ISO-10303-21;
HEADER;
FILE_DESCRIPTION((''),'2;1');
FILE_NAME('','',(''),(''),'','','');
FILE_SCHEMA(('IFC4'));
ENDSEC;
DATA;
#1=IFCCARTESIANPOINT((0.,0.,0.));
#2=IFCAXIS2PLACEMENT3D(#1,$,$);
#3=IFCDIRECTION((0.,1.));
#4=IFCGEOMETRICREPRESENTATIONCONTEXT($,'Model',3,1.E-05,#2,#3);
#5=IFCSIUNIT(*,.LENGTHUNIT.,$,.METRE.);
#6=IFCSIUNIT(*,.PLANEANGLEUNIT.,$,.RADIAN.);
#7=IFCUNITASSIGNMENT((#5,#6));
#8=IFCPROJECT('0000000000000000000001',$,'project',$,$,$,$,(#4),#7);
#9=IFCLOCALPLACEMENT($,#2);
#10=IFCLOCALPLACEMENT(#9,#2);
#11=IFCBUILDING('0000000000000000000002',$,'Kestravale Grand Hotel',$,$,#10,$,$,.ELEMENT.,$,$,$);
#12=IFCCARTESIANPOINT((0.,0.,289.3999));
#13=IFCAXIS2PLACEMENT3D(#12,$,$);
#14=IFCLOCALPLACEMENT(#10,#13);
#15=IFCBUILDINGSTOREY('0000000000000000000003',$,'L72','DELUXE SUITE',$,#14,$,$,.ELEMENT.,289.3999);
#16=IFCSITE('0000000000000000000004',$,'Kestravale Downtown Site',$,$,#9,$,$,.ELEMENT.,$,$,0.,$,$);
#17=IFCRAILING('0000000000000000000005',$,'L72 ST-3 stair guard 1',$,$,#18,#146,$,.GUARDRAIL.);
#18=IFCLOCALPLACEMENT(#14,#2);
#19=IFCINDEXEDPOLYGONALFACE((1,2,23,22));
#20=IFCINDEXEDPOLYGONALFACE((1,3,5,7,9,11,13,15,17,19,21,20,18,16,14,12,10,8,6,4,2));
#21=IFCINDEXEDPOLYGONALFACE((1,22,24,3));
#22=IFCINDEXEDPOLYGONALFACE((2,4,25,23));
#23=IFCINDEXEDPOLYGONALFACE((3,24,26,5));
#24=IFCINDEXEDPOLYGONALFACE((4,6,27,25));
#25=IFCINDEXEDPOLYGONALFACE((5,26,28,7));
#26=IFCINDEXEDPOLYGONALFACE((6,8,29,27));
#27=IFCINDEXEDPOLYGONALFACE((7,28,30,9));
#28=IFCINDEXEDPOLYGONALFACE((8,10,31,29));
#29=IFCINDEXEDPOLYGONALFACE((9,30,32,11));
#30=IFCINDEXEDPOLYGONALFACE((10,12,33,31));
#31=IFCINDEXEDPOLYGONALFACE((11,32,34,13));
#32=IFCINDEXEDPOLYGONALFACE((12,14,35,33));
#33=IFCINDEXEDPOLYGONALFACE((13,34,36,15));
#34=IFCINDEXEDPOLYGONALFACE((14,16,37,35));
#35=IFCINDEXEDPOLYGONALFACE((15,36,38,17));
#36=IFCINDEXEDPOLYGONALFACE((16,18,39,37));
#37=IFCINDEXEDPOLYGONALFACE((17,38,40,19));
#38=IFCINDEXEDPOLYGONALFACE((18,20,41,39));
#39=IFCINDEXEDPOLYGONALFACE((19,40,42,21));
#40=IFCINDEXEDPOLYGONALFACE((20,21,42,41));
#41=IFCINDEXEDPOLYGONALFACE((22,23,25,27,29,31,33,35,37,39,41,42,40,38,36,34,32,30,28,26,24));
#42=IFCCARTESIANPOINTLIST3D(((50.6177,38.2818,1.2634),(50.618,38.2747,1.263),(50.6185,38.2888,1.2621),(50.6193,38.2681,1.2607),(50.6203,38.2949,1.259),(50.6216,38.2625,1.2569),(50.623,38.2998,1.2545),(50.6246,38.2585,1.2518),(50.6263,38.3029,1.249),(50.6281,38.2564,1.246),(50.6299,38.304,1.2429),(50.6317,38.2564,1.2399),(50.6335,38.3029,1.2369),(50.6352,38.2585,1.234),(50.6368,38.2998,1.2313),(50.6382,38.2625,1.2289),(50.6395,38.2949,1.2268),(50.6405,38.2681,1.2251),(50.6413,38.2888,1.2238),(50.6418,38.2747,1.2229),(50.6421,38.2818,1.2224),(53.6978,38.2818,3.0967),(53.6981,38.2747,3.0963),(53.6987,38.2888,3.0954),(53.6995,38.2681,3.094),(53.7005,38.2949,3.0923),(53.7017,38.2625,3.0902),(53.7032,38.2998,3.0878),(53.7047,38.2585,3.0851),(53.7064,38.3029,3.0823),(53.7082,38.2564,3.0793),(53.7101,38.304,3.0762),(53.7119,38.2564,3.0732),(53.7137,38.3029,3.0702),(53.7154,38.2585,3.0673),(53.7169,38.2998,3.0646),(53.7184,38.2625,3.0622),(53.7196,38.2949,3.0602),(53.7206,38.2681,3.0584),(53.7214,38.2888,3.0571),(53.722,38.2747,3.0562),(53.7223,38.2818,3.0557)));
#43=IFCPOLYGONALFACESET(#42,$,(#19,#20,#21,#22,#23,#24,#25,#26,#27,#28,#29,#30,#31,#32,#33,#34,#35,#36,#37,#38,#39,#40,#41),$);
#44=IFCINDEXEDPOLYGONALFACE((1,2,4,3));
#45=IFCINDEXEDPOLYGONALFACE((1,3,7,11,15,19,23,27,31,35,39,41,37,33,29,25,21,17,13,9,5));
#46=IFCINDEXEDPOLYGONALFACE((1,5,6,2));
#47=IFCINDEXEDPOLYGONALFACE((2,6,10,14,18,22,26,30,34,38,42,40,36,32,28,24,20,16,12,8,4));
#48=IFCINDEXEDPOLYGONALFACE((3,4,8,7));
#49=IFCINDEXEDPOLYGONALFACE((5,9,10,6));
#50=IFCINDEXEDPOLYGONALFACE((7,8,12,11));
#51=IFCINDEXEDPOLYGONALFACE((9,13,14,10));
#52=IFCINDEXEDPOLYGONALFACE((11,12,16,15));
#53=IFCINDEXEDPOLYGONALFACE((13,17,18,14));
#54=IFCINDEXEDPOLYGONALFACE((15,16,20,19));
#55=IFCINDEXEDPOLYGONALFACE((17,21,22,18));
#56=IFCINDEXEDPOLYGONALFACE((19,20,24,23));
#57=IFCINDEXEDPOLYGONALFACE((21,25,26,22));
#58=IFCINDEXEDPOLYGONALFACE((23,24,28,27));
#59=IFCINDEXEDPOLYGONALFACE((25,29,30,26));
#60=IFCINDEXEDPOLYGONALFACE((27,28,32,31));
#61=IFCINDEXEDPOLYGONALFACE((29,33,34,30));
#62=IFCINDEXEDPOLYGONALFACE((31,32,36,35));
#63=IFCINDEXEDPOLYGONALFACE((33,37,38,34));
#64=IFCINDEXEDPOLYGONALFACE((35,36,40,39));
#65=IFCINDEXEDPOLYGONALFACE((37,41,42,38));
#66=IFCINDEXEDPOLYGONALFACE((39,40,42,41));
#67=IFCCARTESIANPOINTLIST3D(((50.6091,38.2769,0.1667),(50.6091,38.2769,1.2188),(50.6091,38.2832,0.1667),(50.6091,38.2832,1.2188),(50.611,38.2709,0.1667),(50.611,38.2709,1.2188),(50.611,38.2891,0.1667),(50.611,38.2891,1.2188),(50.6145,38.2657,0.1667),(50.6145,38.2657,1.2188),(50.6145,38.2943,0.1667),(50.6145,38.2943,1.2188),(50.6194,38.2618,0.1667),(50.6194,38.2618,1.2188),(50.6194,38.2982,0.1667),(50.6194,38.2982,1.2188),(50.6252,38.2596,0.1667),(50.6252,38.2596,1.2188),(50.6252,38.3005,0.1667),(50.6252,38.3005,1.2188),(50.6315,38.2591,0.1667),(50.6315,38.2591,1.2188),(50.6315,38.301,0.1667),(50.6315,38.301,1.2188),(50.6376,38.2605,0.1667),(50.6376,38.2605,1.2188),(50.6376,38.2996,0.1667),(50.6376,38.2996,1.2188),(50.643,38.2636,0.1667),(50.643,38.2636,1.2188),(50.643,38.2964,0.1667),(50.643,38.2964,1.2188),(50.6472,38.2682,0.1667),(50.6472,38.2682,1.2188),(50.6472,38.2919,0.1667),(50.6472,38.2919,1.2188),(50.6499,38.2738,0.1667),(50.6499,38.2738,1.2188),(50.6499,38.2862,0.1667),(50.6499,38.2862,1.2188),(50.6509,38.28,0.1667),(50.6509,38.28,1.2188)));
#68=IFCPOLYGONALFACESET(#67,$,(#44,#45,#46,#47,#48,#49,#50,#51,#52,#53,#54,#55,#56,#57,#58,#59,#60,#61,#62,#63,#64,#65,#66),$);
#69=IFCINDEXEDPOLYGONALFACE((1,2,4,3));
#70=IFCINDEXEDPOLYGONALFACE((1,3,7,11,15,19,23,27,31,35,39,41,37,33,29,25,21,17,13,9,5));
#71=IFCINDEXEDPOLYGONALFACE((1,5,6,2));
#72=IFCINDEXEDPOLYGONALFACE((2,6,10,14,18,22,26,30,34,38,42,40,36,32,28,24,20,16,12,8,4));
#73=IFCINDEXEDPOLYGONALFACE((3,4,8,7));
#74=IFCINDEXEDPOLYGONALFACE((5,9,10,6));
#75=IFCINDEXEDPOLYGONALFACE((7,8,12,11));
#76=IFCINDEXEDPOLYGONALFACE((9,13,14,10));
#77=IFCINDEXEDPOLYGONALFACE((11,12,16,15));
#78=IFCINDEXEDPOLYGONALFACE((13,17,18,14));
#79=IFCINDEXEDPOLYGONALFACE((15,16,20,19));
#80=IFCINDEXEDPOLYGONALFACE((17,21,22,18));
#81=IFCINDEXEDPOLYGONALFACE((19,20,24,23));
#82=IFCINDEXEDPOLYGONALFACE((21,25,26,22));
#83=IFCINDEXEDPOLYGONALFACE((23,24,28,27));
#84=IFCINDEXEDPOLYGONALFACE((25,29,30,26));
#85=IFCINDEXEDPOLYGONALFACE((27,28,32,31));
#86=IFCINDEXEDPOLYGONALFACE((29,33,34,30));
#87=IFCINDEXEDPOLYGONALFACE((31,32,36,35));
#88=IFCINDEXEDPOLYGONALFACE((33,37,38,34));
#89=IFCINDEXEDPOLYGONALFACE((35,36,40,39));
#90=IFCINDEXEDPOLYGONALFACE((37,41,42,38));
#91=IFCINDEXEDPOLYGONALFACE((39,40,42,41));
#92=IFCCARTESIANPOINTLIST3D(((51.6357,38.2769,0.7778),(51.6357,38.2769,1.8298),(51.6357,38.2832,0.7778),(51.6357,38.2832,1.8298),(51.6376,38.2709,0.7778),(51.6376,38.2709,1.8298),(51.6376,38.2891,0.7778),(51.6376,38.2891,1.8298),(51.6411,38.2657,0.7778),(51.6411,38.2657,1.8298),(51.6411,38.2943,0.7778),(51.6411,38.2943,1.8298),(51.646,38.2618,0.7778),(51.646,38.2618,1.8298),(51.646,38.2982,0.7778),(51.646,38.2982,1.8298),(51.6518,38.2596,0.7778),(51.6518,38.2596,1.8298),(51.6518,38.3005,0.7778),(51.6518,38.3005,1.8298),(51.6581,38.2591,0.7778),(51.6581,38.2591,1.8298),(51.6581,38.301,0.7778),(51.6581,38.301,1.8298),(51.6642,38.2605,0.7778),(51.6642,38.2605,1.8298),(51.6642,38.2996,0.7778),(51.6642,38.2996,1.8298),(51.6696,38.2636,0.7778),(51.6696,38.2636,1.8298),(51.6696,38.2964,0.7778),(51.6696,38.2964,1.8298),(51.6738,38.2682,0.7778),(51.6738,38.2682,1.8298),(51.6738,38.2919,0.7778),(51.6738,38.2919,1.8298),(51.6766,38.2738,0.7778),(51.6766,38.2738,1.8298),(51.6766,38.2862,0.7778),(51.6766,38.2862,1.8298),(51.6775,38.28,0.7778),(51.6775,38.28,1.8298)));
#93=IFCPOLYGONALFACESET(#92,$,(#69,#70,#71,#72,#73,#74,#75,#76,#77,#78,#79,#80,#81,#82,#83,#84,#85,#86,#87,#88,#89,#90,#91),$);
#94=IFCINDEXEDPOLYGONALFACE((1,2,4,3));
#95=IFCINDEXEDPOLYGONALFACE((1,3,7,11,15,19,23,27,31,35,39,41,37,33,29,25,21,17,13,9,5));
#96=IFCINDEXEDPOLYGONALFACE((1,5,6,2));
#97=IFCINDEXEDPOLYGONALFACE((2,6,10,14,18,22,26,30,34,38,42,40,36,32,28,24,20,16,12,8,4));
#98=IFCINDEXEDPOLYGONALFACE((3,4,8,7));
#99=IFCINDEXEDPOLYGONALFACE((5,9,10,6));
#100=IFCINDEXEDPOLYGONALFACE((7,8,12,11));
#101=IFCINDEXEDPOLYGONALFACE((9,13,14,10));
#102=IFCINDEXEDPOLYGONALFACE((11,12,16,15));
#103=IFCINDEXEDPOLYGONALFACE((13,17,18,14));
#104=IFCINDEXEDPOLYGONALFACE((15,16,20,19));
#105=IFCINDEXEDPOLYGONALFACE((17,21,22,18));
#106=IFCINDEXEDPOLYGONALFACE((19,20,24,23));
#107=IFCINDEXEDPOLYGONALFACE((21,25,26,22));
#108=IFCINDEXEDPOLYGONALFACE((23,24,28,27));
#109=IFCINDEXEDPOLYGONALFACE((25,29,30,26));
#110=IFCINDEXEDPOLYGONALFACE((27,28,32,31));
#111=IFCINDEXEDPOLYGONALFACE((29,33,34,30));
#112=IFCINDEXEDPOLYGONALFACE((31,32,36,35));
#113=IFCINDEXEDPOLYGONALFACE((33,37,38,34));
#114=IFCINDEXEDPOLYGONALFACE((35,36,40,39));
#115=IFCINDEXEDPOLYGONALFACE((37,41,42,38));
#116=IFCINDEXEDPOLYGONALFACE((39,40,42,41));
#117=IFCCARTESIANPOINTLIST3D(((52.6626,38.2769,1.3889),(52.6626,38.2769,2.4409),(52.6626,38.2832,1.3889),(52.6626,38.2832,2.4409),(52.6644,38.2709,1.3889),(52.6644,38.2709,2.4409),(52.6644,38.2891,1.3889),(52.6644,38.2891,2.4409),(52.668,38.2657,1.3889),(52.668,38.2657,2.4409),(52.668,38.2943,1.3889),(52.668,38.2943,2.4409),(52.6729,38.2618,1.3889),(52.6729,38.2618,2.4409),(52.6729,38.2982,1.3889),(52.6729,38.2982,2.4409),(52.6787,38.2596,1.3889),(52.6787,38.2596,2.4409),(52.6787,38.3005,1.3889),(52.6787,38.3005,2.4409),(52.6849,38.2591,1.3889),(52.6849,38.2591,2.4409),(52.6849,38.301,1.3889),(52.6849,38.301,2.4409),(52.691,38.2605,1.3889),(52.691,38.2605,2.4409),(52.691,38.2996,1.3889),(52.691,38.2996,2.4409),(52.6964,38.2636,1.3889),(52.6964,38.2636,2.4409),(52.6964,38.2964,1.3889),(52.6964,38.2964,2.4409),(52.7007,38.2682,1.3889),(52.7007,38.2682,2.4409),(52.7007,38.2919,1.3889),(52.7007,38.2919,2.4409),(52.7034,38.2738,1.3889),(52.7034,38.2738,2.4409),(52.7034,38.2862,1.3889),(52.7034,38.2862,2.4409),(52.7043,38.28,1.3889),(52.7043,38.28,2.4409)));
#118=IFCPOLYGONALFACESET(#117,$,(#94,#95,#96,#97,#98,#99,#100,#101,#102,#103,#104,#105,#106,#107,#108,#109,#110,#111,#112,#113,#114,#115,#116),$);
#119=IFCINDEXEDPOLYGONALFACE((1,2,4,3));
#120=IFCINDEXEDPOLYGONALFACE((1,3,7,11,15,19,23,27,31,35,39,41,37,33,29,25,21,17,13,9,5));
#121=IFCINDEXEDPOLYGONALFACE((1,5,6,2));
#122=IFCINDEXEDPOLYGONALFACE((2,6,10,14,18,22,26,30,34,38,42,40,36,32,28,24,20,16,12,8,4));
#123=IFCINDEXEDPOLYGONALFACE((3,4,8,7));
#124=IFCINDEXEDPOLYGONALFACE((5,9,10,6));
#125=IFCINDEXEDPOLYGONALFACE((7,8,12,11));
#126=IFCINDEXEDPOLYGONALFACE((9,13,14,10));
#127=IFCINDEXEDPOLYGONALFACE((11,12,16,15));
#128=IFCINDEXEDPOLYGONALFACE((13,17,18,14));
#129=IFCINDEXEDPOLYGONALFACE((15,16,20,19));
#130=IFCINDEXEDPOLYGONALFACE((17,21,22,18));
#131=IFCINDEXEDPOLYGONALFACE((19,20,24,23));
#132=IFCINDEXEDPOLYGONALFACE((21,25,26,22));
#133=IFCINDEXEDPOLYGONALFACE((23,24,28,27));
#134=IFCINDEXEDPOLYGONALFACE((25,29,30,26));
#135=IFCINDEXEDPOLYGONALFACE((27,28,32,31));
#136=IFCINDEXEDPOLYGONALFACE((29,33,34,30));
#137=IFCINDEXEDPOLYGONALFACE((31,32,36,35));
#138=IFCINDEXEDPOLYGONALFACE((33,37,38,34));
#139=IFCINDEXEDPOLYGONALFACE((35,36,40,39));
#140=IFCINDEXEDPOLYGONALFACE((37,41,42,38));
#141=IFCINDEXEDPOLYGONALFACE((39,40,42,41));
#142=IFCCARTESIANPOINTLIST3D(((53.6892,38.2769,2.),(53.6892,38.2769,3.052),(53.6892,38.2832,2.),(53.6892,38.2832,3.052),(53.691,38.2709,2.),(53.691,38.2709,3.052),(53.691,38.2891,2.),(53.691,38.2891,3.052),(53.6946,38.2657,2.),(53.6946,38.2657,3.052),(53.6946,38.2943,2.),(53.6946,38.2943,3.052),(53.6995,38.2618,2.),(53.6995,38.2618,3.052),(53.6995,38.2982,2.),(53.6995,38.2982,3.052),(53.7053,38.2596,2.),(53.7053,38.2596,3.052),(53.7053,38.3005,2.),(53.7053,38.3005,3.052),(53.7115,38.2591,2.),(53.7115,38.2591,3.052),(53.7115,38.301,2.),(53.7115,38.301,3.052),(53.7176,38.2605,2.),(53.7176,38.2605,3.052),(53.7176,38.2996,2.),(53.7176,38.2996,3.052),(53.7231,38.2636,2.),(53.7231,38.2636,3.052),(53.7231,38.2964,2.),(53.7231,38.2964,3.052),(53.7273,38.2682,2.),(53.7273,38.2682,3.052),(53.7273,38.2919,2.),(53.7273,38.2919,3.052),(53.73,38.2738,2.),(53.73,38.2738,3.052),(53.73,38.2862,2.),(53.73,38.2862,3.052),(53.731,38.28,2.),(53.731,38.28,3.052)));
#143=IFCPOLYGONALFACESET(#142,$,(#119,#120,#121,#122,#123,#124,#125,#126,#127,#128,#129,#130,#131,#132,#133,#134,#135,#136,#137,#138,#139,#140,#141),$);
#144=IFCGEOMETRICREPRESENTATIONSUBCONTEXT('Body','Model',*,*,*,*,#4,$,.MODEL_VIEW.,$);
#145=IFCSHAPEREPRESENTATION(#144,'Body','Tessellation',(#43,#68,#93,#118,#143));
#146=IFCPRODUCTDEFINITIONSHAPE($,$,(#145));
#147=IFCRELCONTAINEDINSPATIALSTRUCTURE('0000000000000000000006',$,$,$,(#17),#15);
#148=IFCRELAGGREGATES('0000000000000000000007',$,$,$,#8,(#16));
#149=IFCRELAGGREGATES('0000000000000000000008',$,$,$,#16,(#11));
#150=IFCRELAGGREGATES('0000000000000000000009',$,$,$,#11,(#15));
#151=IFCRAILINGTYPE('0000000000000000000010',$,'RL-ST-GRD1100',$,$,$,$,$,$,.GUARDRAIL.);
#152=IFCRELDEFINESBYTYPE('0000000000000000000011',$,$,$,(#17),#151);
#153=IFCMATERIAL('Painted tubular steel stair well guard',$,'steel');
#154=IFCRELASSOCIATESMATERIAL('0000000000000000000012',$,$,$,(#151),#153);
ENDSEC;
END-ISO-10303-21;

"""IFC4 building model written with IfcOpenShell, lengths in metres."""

from ifc_helpers import new_model, si_unit, direction, frame, origin, origin_2d, place, context, subcontext, project, spatial, circle, extrude, material, type_object, element, save


model = new_model("IFC4")

# Units and contexts
model_context = context("Model", 3, precision=1e-05, world=origin(), true_north=direction((0.0, 1.0)))
body_context = subcontext(model_context, "Body", "Model", "MODEL_VIEW")
ifc_project = project(units=[si_unit("LENGTHUNIT", "METRE"), si_unit("PLANEANGLEUNIT", "RADIAN")], contexts=[model_context])

# Site, building, storey
site_placement = place(None, origin())
site = spatial("IfcSite", under=ifc_project, at=site_placement, Name="Kestravale Downtown Site", CompositionType="ELEMENT", RefElevation=0.0)
building_placement = place(site_placement, origin())
building = spatial("IfcBuilding", under=site, at=building_placement, Name="Kestravale Grand Hotel", CompositionType="ELEMENT")
storey_placement = place(building_placement, frame((0.0, 0.0, 289.3999)))
storey = spatial("IfcBuildingStorey", under=building, at=storey_placement, Name="L72", Description="DELUXE SUITE", CompositionType="ELEMENT", Elevation=289.3999)

# Railing
ifc_material_1 = material(Name="Painted tubular steel stair well guard", Category="steel")
railing_type_1 = type_object("IfcRailingType", Name="RL-ST-GRD1100", PredefinedType="GUARDRAIL", material=ifc_material_1)
railing_1_placement = place(storey_placement, frame((50.6299, 38.28, 0.1667)))
element("IfcRailing", 1, at=railing_1_placement, inside=storey, type_object=railing_type_1, Name="L72 ST-3 stair guard 1", PredefinedType="GUARDRAIL", context=body_context, shape_type="SweptSolid", body=[
    extrude(circle(Radius=0.0239, at=origin_2d()), frame((0.0, 0.0, 1.0762), z_axis=(0.859309, 0.0, 0.511458), x_axis=(0.0, 1.0, 0.0)), (0.0, 0.0, 1.0), 3.5845),
    extrude(circle(Radius=0.021, at=origin_2d()), origin(), (0.0, 0.0, 1.0), 1.052),
    extrude(circle(Radius=0.021, at=origin_2d()), frame((1.0266, 0.0, 0.6111)), (0.0, 0.0, 1.0), 1.052),
    extrude(circle(Radius=0.021, at=origin_2d()), frame((2.0535, 0.0, 1.2222)), (0.0, 0.0, 1.0), 1.052),
    extrude(circle(Radius=0.021, at=origin_2d()), frame((3.0801, 0.0, 1.8333)), (0.0, 0.0, 1.0), 1.052),
])

save(model, "model.ifc")
